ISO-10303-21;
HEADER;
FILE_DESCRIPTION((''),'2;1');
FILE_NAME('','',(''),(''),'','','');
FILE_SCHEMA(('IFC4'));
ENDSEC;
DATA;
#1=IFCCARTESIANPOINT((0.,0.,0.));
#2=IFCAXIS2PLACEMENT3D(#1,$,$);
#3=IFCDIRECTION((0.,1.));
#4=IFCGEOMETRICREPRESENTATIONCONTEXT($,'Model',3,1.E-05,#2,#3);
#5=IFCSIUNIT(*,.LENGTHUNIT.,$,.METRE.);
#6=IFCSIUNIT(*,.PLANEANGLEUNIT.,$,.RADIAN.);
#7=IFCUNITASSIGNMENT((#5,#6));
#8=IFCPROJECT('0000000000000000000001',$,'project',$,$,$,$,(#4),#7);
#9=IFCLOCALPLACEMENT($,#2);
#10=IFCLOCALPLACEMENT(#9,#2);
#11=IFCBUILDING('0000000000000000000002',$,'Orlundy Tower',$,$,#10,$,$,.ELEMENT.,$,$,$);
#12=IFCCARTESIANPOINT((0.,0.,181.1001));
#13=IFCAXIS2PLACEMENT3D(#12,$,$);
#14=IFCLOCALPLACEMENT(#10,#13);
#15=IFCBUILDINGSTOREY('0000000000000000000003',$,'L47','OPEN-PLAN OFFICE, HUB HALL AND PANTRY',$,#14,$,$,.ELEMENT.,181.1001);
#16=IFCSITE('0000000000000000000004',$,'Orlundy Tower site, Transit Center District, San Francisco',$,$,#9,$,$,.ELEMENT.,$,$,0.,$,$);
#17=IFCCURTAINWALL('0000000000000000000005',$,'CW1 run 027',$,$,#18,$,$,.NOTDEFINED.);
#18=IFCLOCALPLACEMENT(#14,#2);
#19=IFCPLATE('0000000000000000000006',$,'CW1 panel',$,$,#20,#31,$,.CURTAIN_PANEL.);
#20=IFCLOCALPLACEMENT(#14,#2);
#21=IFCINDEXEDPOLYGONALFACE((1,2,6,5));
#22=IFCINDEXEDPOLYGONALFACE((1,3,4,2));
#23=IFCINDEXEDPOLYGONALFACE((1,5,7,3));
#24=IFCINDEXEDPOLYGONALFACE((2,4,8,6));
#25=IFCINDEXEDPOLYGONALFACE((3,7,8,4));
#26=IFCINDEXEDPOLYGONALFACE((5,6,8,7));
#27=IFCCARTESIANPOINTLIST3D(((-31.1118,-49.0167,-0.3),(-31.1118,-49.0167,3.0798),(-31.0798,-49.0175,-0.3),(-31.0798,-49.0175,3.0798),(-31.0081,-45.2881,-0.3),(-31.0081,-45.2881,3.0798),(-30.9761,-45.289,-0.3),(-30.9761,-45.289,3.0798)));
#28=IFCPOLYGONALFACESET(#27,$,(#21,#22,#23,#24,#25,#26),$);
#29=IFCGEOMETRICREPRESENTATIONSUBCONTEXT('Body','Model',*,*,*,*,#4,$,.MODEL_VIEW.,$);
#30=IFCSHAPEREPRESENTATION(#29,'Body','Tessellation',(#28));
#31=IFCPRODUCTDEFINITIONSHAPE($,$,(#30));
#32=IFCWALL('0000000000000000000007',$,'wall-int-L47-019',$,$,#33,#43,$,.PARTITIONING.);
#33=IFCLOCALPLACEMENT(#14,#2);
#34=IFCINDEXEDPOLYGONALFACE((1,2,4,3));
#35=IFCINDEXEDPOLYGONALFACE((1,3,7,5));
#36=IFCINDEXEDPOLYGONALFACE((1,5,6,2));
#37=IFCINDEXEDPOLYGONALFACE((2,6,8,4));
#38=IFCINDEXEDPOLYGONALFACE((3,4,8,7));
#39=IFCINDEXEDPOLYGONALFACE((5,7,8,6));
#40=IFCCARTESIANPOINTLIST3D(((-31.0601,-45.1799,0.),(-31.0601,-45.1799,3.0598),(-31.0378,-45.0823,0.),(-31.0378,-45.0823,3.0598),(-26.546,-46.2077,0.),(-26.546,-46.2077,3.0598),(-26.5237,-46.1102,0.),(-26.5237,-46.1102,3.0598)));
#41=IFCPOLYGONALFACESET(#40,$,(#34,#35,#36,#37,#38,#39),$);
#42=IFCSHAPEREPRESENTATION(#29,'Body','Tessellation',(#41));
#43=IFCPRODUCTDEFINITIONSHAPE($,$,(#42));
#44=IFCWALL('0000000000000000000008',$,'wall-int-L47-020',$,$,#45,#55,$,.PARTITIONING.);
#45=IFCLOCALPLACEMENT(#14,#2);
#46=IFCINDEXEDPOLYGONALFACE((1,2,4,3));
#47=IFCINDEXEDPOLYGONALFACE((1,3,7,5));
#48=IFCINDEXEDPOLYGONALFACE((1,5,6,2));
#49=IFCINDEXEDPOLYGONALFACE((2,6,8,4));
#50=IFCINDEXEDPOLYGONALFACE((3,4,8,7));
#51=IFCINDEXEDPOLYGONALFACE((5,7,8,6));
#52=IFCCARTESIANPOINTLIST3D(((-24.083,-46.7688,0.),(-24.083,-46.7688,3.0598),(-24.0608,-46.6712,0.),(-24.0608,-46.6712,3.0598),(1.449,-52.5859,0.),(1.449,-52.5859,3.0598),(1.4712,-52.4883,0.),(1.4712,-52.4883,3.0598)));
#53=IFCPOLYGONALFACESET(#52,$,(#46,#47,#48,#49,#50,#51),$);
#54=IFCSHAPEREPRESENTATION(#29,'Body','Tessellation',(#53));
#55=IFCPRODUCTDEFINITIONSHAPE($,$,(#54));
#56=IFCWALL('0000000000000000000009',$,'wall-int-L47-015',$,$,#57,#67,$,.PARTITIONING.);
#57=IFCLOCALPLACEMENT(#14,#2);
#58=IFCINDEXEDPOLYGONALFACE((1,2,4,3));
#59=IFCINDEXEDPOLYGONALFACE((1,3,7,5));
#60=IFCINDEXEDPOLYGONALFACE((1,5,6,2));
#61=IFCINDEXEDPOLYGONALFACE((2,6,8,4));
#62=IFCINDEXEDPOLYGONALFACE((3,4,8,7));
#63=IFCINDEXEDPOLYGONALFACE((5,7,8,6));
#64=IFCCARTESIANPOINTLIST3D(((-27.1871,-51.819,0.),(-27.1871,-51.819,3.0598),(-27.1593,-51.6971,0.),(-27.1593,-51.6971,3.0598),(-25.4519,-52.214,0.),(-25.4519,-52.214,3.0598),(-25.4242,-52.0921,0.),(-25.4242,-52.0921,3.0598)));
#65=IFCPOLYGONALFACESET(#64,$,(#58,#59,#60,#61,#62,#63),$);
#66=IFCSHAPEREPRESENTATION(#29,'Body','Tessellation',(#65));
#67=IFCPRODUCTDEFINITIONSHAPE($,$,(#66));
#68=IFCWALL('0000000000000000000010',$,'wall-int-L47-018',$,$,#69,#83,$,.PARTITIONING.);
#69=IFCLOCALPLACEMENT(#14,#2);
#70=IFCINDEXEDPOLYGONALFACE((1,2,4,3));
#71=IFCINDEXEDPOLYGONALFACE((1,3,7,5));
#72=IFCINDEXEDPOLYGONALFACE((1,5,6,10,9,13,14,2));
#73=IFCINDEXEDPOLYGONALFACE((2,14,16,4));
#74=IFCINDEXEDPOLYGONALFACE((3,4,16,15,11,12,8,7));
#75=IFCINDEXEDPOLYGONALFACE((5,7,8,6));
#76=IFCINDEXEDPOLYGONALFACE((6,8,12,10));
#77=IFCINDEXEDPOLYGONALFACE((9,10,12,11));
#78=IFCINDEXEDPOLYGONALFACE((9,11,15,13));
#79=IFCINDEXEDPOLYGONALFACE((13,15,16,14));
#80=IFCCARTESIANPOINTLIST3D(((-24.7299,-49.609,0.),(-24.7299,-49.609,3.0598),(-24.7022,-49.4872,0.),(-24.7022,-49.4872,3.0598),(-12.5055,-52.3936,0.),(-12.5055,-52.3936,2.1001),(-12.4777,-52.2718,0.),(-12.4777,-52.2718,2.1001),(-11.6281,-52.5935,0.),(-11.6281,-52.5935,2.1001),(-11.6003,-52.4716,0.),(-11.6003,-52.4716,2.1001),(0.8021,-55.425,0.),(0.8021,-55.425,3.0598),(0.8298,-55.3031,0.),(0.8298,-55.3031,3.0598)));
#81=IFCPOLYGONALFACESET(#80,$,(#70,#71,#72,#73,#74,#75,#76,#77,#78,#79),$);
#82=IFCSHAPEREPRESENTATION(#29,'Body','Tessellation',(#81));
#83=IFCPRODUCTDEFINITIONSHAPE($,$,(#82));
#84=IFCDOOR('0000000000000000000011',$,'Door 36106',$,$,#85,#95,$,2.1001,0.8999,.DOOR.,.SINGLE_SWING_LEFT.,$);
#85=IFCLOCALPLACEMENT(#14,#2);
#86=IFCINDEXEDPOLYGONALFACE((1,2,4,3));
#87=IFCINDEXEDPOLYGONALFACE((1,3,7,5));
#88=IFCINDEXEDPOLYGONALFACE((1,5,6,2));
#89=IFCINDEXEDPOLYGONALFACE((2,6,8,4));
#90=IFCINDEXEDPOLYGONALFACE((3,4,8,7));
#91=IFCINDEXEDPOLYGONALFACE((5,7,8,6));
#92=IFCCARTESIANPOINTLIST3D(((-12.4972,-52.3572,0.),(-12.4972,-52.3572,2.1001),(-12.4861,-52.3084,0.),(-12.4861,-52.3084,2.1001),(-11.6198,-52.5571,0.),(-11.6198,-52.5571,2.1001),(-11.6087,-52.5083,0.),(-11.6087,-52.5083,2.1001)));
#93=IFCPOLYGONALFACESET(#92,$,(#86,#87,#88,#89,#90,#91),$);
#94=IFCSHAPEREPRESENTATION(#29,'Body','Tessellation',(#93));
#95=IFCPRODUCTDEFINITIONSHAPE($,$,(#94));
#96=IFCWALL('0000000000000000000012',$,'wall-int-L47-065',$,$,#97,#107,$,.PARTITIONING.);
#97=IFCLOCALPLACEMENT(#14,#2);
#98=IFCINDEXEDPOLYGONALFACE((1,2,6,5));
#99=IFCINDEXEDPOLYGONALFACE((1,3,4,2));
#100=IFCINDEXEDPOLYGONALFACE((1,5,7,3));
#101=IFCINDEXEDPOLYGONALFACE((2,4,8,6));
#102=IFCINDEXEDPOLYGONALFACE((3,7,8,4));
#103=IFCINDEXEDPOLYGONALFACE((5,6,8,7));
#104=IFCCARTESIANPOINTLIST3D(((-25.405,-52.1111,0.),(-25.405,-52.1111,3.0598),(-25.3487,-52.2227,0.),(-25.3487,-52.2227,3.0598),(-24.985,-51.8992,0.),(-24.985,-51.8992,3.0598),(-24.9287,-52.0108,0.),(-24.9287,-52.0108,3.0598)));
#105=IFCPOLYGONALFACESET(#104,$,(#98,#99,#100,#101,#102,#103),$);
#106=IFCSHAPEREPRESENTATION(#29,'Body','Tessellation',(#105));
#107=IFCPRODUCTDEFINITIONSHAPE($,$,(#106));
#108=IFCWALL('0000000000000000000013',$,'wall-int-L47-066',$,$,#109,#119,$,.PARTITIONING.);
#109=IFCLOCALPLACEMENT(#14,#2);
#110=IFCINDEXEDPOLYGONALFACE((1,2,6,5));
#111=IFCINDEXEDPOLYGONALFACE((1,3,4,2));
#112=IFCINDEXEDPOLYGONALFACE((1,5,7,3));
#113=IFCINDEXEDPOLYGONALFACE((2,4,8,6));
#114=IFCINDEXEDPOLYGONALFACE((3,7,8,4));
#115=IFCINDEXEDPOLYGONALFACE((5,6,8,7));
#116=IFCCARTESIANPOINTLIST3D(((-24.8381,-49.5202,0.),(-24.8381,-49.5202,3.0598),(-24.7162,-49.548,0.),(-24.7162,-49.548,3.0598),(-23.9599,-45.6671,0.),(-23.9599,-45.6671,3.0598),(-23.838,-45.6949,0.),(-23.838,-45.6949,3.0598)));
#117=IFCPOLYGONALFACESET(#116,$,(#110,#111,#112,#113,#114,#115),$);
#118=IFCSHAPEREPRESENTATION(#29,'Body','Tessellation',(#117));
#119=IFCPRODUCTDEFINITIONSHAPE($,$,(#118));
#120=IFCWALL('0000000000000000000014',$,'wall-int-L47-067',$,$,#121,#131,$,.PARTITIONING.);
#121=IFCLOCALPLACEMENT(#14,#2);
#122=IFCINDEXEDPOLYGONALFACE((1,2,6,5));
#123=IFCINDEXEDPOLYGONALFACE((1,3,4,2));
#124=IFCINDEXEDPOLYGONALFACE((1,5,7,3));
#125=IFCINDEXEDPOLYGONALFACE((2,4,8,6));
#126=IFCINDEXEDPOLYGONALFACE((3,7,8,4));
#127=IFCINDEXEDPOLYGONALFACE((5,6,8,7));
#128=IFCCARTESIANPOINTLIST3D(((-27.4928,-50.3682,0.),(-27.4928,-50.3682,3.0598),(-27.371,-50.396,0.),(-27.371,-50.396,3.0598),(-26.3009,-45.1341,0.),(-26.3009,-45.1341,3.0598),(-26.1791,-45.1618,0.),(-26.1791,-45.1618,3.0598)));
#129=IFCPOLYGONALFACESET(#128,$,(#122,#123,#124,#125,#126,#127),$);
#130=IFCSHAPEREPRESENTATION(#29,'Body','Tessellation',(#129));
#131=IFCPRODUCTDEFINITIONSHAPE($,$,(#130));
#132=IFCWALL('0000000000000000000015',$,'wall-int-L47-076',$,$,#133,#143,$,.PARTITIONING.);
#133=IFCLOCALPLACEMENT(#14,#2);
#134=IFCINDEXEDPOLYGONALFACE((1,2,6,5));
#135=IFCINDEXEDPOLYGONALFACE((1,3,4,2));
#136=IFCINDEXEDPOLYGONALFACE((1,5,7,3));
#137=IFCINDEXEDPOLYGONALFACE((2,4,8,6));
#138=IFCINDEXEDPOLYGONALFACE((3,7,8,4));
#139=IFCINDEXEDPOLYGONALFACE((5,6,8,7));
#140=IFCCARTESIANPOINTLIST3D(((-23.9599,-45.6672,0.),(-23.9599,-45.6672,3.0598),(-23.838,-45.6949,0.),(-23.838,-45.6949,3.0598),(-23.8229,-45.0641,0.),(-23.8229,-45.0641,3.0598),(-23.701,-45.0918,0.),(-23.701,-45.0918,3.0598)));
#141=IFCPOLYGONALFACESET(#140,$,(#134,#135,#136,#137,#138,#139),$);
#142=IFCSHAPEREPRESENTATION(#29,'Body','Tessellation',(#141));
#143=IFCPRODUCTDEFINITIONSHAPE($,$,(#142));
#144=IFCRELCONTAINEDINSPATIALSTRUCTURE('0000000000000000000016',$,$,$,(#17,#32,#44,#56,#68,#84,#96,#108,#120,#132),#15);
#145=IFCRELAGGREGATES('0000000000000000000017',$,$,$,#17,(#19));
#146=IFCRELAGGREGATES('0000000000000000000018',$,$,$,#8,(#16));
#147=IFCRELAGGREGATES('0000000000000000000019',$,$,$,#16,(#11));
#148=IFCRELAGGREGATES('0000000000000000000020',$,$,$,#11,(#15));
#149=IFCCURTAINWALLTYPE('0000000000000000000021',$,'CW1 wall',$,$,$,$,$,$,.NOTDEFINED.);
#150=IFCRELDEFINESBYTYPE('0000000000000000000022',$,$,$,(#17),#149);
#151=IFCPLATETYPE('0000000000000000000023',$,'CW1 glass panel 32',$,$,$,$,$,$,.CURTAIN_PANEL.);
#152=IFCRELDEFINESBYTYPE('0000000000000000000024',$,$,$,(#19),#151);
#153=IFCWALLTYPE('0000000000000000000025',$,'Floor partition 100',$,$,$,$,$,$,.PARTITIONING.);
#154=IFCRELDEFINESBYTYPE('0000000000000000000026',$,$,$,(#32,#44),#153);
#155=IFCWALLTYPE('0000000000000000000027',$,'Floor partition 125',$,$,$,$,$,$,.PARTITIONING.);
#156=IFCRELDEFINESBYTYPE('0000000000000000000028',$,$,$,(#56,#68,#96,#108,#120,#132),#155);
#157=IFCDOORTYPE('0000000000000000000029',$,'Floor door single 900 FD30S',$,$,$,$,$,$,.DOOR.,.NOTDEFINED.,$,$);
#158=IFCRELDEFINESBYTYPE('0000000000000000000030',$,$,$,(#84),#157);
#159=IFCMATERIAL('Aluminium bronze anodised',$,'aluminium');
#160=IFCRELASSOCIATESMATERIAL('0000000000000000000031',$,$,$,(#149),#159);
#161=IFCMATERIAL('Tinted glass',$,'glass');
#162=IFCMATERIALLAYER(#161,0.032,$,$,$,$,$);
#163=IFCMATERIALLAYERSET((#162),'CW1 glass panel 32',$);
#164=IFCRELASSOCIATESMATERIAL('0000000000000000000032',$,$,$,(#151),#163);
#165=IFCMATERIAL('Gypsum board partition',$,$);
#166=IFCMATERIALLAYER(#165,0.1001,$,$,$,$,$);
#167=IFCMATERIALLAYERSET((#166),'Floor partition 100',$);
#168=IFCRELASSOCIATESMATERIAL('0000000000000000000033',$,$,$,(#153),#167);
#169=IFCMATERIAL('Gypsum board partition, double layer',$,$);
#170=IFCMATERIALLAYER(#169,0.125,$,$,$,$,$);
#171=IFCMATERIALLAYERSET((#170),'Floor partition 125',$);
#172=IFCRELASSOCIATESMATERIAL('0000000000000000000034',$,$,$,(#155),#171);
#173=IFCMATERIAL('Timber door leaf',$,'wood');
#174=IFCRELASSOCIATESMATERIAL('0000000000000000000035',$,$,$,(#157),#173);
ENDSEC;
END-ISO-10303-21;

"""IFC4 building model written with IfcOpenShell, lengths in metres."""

from ifc_helpers import new_model, si_unit, direction, frame, frame_2d, origin, origin_2d, place, context, subcontext, project, spatial, rectangle, extrude, material, layer, layer_set, type_object, element, fill, aggregate, save


model = new_model("IFC4")

# Units and contexts
model_context = context("Model", 3, precision=1e-05, world=origin(), true_north=direction((0.0, 1.0)))
body_context = subcontext(model_context, "Body", "Model", "MODEL_VIEW")
ifc_project = project(units=[si_unit("LENGTHUNIT", "METRE"), si_unit("PLANEANGLEUNIT", "RADIAN")], contexts=[model_context])

# Site, building, storey
site_placement = place(None, origin())
site = spatial("IfcSite", under=ifc_project, at=site_placement, Name="Orlundy Tower site, Transit Center District, San Francisco", CompositionType="ELEMENT", RefElevation=0.0)
building_placement = place(site_placement, origin())
building = spatial("IfcBuilding", under=site, at=building_placement, Name="Orlundy Tower", CompositionType="ELEMENT")
storey_placement = place(building_placement, frame((0.0, 0.0, 181.1001)))
storey = spatial("IfcBuildingStorey", under=building, at=storey_placement, Name="L47", Description="OPEN-PLAN OFFICE, HUB HALL AND PANTRY", CompositionType="ELEMENT", Elevation=181.1001)

# Curtain wall
ifc_material_1 = material(Name="Aluminium bronze anodised", Category="aluminium")
curtain_wall_type = type_object("IfcCurtainWallType", Name="CW1 wall", PredefinedType="NOTDEFINED", material=ifc_material_1)
curtain_wall_1_placement = place(storey_placement, origin())
curtain_wall_1 = element("IfcCurtainWall", 1, at=curtain_wall_1_placement, inside=storey, type_object=curtain_wall_type, Name="CW1 run 027", PredefinedType="NOTDEFINED")

# Shared definitions
ifc_material_2 = material(Name="Tinted glass", Category="glass")
ifc_layer_1 = layer(ifc_material_2, 0.032)
ifc_layer_set_1 = layer_set([ifc_layer_1], Name="CW1 glass panel 32")
plate_type = type_object("IfcPlateType", Name="CW1 glass panel 32", PredefinedType="CURTAIN_PANEL", material=ifc_layer_set_1)

# Plate
plate_1_placement = place(storey_placement, frame((-31.0439, -47.1528, -0.3), z_axis=(0.0, 0.0, 1.0), x_axis=(0.02779, 0.999614, 0.0)))
plate_1 = element("IfcPlate", 2, at=plate_1_placement, type_object=plate_type, Name="CW1 panel", PredefinedType="CURTAIN_PANEL", context=body_context, shape_type="SweptSolid", body=[
    extrude(rectangle(XDim=3.73, YDim=0.032, at=origin_2d()), origin(), (0.0, 0.0, 1.0), 3.3799),
])
aggregate(curtain_wall_1, [plate_1])

# Walls
ifc_material_3 = material(Name="Gypsum board partition")
ifc_layer_2 = layer(ifc_material_3, 0.1001)
ifc_layer_set_2 = layer_set([ifc_layer_2], Name="Floor partition 100")
wall_type_1 = type_object("IfcWallType", Name="Floor partition 100", PredefinedType="PARTITIONING", material=ifc_layer_set_2)
wall_1_placement = place(storey_placement, frame((-31.0491, -45.1311, 0.0), z_axis=(0.0, 0.0, 1.0), x_axis=(0.975045, -0.222009, 0.0)))
element("IfcWall", 3, at=wall_1_placement, inside=storey, type_object=wall_type_1, Name="wall-int-L47-019", PredefinedType="PARTITIONING", context=body_context, shape_type="SweptSolid", body=[
    extrude(rectangle(XDim=4.6296, YDim=0.1001, at=frame_2d((2.3149, 0.0))), origin(), (0.0, 0.0, 1.0), 3.0598),
])
wall_2_placement = place(storey_placement, frame((-24.072, -46.72, 0.0), z_axis=(0.0, 0.0, 1.0), x_axis=(0.975014, -0.222145, 0.0)))
element("IfcWall", 4, at=wall_2_placement, inside=storey, type_object=wall_type_1, Name="wall-int-L47-020", PredefinedType="PARTITIONING", context=body_context, shape_type="SweptSolid", body=[
    extrude(rectangle(XDim=26.1863, YDim=0.1001, at=frame_2d((13.0933, 0.0))), origin(), (0.0, 0.0, 1.0), 3.0598),
])
ifc_material_4 = material(Name="Gypsum board partition, double layer")
ifc_layer_3 = layer(ifc_material_4, 0.125)
ifc_layer_set_3 = layer_set([ifc_layer_3], Name="Floor partition 125")
wall_type_2 = type_object("IfcWallType", Name="Floor partition 125", PredefinedType="PARTITIONING", material=ifc_layer_set_3)
wall_3_placement = place(storey_placement, frame((-27.1731, -51.7581, 0.0), z_axis=(0.0, 0.0, 1.0), x_axis=(0.975051, -0.221983, 0.0)))
element("IfcWall", 5, at=wall_3_placement, inside=storey, type_object=wall_type_2, Name="wall-int-L47-015", PredefinedType="PARTITIONING", context=body_context, shape_type="SweptSolid", body=[
    extrude(rectangle(XDim=1.7795, YDim=0.125, at=frame_2d((0.8896, 0.0))), origin(), (0.0, 0.0, 1.0), 3.0598),
])

# Wall, opening, door
wall_4_placement = place(storey_placement, frame((-24.7161, -49.5481, 0.0), z_axis=(0.0, 0.0, 1.0), x_axis=(0.975024, -0.2221, 0.0)))
wall_4 = element("IfcWall", 6, at=wall_4_placement, inside=storey, type_object=wall_type_2, Name="wall-int-L47-018", PredefinedType="PARTITIONING", context=body_context, shape_type="SweptSolid", body=[
    extrude(rectangle(XDim=26.186, YDim=0.125, at=frame_2d((13.093, 0.0))), origin(), (0.0, 0.0, 1.0), 3.0598),
])
opening_1_placement = place(wall_4_placement, frame((12.5376, 0.0, 0.0)))
opening_1 = element("IfcOpeningElement", 7, at=opening_1_placement, cuts=wall_4, PredefinedType="OPENING", context=body_context, shape_type="SweptSolid", body=[
    extrude(rectangle(XDim=0.8999, YDim=2.1001, at=frame_2d((0.45, 1.05))), frame((0.0, 0.0725, 0.0), z_axis=(0.0, -1.0, 0.0), x_axis=(1.0, 0.0, 0.0)), (0.0, 0.0, 1.0), 0.145),
])
ifc_material_5 = material(Name="Timber door leaf", Category="wood")
door_type_1 = type_object("IfcDoorType", Name="Floor door single 900 FD30S", OperationType="NOTDEFINED", PredefinedType="DOOR", material=ifc_material_5)
door_1_placement = place(opening_1_placement, origin())
door_1 = element("IfcDoor", 8, at=door_1_placement, inside=storey, type_object=door_type_1, Name="Door 36106", OperationType="SINGLE_SWING_LEFT", OverallHeight=2.1001, OverallWidth=0.8999, PredefinedType="DOOR", context=body_context, shape_type="SweptSolid", body=[
    extrude(rectangle(XDim=0.8999, YDim=2.1001, at=frame_2d((0.45, 1.05))), frame((0.0, 0.0249, 0.0), z_axis=(0.0, -1.0, 0.0), x_axis=(1.0, 0.0, 0.0)), (0.0, 0.0, 1.0), 0.05),
])
fill(opening_1, door_1)

# Walls
wall_5_placement = place(storey_placement, frame((-25.377, -52.167, 0.0), z_axis=(0.0, 0.0, 1.0), x_axis=(0.89276, 0.450532, 0.0)))
element("IfcWall", 9, at=wall_5_placement, inside=storey, type_object=wall_type_2, Name="wall-int-L47-065", PredefinedType="PARTITIONING", context=body_context, shape_type="SweptSolid", body=[
    extrude(rectangle(XDim=0.4705, YDim=0.125, at=frame_2d((0.2354, 0.0))), origin(), (0.0, 0.0, 1.0), 3.0598),
])
wall_6_placement = place(storey_placement, frame((-23.8989, -45.6809, 0.0), z_axis=(0.0, 0.0, 1.0), x_axis=(-0.222219, -0.974997, 0.0)))
element("IfcWall", 10, at=wall_6_placement, inside=storey, type_object=wall_type_2, Name="wall-int-L47-066", PredefinedType="PARTITIONING", context=body_context, shape_type="SweptSolid", body=[
    extrude(rectangle(XDim=3.9519, YDim=0.125, at=frame_2d((1.9761, 0.0))), origin(), (0.0, 0.0, 1.0), 3.0598),
])
wall_7_placement = place(storey_placement, frame((-26.24, -45.1479, 0.0), z_axis=(0.0, 0.0, 1.0), x_axis=(-0.222032, -0.975039, 0.0)))
element("IfcWall", 11, at=wall_7_placement, inside=storey, type_object=wall_type_2, Name="wall-int-L47-067", PredefinedType="PARTITIONING", context=body_context, shape_type="SweptSolid", body=[
    extrude(rectangle(XDim=5.3682, YDim=0.125, at=frame_2d((2.6841, 0.0))), origin(), (0.0, 0.0, 1.0), 3.0598),
])
wall_8_placement = place(storey_placement, frame((-23.8989, -45.6809, 0.0), z_axis=(0.0, 0.0, 1.0), x_axis=(0.221485, 0.975164, 0.0)))
element("IfcWall", 12, at=wall_8_placement, inside=storey, type_object=wall_type_2, Name="wall-int-L47-076", PredefinedType="PARTITIONING", context=body_context, shape_type="SweptSolid", body=[
    extrude(rectangle(XDim=0.6184, YDim=0.125, at=frame_2d((0.3091, 0.0))), origin(), (0.0, 0.0, 1.0), 3.0598),
])

save(model, "model.ifc")
